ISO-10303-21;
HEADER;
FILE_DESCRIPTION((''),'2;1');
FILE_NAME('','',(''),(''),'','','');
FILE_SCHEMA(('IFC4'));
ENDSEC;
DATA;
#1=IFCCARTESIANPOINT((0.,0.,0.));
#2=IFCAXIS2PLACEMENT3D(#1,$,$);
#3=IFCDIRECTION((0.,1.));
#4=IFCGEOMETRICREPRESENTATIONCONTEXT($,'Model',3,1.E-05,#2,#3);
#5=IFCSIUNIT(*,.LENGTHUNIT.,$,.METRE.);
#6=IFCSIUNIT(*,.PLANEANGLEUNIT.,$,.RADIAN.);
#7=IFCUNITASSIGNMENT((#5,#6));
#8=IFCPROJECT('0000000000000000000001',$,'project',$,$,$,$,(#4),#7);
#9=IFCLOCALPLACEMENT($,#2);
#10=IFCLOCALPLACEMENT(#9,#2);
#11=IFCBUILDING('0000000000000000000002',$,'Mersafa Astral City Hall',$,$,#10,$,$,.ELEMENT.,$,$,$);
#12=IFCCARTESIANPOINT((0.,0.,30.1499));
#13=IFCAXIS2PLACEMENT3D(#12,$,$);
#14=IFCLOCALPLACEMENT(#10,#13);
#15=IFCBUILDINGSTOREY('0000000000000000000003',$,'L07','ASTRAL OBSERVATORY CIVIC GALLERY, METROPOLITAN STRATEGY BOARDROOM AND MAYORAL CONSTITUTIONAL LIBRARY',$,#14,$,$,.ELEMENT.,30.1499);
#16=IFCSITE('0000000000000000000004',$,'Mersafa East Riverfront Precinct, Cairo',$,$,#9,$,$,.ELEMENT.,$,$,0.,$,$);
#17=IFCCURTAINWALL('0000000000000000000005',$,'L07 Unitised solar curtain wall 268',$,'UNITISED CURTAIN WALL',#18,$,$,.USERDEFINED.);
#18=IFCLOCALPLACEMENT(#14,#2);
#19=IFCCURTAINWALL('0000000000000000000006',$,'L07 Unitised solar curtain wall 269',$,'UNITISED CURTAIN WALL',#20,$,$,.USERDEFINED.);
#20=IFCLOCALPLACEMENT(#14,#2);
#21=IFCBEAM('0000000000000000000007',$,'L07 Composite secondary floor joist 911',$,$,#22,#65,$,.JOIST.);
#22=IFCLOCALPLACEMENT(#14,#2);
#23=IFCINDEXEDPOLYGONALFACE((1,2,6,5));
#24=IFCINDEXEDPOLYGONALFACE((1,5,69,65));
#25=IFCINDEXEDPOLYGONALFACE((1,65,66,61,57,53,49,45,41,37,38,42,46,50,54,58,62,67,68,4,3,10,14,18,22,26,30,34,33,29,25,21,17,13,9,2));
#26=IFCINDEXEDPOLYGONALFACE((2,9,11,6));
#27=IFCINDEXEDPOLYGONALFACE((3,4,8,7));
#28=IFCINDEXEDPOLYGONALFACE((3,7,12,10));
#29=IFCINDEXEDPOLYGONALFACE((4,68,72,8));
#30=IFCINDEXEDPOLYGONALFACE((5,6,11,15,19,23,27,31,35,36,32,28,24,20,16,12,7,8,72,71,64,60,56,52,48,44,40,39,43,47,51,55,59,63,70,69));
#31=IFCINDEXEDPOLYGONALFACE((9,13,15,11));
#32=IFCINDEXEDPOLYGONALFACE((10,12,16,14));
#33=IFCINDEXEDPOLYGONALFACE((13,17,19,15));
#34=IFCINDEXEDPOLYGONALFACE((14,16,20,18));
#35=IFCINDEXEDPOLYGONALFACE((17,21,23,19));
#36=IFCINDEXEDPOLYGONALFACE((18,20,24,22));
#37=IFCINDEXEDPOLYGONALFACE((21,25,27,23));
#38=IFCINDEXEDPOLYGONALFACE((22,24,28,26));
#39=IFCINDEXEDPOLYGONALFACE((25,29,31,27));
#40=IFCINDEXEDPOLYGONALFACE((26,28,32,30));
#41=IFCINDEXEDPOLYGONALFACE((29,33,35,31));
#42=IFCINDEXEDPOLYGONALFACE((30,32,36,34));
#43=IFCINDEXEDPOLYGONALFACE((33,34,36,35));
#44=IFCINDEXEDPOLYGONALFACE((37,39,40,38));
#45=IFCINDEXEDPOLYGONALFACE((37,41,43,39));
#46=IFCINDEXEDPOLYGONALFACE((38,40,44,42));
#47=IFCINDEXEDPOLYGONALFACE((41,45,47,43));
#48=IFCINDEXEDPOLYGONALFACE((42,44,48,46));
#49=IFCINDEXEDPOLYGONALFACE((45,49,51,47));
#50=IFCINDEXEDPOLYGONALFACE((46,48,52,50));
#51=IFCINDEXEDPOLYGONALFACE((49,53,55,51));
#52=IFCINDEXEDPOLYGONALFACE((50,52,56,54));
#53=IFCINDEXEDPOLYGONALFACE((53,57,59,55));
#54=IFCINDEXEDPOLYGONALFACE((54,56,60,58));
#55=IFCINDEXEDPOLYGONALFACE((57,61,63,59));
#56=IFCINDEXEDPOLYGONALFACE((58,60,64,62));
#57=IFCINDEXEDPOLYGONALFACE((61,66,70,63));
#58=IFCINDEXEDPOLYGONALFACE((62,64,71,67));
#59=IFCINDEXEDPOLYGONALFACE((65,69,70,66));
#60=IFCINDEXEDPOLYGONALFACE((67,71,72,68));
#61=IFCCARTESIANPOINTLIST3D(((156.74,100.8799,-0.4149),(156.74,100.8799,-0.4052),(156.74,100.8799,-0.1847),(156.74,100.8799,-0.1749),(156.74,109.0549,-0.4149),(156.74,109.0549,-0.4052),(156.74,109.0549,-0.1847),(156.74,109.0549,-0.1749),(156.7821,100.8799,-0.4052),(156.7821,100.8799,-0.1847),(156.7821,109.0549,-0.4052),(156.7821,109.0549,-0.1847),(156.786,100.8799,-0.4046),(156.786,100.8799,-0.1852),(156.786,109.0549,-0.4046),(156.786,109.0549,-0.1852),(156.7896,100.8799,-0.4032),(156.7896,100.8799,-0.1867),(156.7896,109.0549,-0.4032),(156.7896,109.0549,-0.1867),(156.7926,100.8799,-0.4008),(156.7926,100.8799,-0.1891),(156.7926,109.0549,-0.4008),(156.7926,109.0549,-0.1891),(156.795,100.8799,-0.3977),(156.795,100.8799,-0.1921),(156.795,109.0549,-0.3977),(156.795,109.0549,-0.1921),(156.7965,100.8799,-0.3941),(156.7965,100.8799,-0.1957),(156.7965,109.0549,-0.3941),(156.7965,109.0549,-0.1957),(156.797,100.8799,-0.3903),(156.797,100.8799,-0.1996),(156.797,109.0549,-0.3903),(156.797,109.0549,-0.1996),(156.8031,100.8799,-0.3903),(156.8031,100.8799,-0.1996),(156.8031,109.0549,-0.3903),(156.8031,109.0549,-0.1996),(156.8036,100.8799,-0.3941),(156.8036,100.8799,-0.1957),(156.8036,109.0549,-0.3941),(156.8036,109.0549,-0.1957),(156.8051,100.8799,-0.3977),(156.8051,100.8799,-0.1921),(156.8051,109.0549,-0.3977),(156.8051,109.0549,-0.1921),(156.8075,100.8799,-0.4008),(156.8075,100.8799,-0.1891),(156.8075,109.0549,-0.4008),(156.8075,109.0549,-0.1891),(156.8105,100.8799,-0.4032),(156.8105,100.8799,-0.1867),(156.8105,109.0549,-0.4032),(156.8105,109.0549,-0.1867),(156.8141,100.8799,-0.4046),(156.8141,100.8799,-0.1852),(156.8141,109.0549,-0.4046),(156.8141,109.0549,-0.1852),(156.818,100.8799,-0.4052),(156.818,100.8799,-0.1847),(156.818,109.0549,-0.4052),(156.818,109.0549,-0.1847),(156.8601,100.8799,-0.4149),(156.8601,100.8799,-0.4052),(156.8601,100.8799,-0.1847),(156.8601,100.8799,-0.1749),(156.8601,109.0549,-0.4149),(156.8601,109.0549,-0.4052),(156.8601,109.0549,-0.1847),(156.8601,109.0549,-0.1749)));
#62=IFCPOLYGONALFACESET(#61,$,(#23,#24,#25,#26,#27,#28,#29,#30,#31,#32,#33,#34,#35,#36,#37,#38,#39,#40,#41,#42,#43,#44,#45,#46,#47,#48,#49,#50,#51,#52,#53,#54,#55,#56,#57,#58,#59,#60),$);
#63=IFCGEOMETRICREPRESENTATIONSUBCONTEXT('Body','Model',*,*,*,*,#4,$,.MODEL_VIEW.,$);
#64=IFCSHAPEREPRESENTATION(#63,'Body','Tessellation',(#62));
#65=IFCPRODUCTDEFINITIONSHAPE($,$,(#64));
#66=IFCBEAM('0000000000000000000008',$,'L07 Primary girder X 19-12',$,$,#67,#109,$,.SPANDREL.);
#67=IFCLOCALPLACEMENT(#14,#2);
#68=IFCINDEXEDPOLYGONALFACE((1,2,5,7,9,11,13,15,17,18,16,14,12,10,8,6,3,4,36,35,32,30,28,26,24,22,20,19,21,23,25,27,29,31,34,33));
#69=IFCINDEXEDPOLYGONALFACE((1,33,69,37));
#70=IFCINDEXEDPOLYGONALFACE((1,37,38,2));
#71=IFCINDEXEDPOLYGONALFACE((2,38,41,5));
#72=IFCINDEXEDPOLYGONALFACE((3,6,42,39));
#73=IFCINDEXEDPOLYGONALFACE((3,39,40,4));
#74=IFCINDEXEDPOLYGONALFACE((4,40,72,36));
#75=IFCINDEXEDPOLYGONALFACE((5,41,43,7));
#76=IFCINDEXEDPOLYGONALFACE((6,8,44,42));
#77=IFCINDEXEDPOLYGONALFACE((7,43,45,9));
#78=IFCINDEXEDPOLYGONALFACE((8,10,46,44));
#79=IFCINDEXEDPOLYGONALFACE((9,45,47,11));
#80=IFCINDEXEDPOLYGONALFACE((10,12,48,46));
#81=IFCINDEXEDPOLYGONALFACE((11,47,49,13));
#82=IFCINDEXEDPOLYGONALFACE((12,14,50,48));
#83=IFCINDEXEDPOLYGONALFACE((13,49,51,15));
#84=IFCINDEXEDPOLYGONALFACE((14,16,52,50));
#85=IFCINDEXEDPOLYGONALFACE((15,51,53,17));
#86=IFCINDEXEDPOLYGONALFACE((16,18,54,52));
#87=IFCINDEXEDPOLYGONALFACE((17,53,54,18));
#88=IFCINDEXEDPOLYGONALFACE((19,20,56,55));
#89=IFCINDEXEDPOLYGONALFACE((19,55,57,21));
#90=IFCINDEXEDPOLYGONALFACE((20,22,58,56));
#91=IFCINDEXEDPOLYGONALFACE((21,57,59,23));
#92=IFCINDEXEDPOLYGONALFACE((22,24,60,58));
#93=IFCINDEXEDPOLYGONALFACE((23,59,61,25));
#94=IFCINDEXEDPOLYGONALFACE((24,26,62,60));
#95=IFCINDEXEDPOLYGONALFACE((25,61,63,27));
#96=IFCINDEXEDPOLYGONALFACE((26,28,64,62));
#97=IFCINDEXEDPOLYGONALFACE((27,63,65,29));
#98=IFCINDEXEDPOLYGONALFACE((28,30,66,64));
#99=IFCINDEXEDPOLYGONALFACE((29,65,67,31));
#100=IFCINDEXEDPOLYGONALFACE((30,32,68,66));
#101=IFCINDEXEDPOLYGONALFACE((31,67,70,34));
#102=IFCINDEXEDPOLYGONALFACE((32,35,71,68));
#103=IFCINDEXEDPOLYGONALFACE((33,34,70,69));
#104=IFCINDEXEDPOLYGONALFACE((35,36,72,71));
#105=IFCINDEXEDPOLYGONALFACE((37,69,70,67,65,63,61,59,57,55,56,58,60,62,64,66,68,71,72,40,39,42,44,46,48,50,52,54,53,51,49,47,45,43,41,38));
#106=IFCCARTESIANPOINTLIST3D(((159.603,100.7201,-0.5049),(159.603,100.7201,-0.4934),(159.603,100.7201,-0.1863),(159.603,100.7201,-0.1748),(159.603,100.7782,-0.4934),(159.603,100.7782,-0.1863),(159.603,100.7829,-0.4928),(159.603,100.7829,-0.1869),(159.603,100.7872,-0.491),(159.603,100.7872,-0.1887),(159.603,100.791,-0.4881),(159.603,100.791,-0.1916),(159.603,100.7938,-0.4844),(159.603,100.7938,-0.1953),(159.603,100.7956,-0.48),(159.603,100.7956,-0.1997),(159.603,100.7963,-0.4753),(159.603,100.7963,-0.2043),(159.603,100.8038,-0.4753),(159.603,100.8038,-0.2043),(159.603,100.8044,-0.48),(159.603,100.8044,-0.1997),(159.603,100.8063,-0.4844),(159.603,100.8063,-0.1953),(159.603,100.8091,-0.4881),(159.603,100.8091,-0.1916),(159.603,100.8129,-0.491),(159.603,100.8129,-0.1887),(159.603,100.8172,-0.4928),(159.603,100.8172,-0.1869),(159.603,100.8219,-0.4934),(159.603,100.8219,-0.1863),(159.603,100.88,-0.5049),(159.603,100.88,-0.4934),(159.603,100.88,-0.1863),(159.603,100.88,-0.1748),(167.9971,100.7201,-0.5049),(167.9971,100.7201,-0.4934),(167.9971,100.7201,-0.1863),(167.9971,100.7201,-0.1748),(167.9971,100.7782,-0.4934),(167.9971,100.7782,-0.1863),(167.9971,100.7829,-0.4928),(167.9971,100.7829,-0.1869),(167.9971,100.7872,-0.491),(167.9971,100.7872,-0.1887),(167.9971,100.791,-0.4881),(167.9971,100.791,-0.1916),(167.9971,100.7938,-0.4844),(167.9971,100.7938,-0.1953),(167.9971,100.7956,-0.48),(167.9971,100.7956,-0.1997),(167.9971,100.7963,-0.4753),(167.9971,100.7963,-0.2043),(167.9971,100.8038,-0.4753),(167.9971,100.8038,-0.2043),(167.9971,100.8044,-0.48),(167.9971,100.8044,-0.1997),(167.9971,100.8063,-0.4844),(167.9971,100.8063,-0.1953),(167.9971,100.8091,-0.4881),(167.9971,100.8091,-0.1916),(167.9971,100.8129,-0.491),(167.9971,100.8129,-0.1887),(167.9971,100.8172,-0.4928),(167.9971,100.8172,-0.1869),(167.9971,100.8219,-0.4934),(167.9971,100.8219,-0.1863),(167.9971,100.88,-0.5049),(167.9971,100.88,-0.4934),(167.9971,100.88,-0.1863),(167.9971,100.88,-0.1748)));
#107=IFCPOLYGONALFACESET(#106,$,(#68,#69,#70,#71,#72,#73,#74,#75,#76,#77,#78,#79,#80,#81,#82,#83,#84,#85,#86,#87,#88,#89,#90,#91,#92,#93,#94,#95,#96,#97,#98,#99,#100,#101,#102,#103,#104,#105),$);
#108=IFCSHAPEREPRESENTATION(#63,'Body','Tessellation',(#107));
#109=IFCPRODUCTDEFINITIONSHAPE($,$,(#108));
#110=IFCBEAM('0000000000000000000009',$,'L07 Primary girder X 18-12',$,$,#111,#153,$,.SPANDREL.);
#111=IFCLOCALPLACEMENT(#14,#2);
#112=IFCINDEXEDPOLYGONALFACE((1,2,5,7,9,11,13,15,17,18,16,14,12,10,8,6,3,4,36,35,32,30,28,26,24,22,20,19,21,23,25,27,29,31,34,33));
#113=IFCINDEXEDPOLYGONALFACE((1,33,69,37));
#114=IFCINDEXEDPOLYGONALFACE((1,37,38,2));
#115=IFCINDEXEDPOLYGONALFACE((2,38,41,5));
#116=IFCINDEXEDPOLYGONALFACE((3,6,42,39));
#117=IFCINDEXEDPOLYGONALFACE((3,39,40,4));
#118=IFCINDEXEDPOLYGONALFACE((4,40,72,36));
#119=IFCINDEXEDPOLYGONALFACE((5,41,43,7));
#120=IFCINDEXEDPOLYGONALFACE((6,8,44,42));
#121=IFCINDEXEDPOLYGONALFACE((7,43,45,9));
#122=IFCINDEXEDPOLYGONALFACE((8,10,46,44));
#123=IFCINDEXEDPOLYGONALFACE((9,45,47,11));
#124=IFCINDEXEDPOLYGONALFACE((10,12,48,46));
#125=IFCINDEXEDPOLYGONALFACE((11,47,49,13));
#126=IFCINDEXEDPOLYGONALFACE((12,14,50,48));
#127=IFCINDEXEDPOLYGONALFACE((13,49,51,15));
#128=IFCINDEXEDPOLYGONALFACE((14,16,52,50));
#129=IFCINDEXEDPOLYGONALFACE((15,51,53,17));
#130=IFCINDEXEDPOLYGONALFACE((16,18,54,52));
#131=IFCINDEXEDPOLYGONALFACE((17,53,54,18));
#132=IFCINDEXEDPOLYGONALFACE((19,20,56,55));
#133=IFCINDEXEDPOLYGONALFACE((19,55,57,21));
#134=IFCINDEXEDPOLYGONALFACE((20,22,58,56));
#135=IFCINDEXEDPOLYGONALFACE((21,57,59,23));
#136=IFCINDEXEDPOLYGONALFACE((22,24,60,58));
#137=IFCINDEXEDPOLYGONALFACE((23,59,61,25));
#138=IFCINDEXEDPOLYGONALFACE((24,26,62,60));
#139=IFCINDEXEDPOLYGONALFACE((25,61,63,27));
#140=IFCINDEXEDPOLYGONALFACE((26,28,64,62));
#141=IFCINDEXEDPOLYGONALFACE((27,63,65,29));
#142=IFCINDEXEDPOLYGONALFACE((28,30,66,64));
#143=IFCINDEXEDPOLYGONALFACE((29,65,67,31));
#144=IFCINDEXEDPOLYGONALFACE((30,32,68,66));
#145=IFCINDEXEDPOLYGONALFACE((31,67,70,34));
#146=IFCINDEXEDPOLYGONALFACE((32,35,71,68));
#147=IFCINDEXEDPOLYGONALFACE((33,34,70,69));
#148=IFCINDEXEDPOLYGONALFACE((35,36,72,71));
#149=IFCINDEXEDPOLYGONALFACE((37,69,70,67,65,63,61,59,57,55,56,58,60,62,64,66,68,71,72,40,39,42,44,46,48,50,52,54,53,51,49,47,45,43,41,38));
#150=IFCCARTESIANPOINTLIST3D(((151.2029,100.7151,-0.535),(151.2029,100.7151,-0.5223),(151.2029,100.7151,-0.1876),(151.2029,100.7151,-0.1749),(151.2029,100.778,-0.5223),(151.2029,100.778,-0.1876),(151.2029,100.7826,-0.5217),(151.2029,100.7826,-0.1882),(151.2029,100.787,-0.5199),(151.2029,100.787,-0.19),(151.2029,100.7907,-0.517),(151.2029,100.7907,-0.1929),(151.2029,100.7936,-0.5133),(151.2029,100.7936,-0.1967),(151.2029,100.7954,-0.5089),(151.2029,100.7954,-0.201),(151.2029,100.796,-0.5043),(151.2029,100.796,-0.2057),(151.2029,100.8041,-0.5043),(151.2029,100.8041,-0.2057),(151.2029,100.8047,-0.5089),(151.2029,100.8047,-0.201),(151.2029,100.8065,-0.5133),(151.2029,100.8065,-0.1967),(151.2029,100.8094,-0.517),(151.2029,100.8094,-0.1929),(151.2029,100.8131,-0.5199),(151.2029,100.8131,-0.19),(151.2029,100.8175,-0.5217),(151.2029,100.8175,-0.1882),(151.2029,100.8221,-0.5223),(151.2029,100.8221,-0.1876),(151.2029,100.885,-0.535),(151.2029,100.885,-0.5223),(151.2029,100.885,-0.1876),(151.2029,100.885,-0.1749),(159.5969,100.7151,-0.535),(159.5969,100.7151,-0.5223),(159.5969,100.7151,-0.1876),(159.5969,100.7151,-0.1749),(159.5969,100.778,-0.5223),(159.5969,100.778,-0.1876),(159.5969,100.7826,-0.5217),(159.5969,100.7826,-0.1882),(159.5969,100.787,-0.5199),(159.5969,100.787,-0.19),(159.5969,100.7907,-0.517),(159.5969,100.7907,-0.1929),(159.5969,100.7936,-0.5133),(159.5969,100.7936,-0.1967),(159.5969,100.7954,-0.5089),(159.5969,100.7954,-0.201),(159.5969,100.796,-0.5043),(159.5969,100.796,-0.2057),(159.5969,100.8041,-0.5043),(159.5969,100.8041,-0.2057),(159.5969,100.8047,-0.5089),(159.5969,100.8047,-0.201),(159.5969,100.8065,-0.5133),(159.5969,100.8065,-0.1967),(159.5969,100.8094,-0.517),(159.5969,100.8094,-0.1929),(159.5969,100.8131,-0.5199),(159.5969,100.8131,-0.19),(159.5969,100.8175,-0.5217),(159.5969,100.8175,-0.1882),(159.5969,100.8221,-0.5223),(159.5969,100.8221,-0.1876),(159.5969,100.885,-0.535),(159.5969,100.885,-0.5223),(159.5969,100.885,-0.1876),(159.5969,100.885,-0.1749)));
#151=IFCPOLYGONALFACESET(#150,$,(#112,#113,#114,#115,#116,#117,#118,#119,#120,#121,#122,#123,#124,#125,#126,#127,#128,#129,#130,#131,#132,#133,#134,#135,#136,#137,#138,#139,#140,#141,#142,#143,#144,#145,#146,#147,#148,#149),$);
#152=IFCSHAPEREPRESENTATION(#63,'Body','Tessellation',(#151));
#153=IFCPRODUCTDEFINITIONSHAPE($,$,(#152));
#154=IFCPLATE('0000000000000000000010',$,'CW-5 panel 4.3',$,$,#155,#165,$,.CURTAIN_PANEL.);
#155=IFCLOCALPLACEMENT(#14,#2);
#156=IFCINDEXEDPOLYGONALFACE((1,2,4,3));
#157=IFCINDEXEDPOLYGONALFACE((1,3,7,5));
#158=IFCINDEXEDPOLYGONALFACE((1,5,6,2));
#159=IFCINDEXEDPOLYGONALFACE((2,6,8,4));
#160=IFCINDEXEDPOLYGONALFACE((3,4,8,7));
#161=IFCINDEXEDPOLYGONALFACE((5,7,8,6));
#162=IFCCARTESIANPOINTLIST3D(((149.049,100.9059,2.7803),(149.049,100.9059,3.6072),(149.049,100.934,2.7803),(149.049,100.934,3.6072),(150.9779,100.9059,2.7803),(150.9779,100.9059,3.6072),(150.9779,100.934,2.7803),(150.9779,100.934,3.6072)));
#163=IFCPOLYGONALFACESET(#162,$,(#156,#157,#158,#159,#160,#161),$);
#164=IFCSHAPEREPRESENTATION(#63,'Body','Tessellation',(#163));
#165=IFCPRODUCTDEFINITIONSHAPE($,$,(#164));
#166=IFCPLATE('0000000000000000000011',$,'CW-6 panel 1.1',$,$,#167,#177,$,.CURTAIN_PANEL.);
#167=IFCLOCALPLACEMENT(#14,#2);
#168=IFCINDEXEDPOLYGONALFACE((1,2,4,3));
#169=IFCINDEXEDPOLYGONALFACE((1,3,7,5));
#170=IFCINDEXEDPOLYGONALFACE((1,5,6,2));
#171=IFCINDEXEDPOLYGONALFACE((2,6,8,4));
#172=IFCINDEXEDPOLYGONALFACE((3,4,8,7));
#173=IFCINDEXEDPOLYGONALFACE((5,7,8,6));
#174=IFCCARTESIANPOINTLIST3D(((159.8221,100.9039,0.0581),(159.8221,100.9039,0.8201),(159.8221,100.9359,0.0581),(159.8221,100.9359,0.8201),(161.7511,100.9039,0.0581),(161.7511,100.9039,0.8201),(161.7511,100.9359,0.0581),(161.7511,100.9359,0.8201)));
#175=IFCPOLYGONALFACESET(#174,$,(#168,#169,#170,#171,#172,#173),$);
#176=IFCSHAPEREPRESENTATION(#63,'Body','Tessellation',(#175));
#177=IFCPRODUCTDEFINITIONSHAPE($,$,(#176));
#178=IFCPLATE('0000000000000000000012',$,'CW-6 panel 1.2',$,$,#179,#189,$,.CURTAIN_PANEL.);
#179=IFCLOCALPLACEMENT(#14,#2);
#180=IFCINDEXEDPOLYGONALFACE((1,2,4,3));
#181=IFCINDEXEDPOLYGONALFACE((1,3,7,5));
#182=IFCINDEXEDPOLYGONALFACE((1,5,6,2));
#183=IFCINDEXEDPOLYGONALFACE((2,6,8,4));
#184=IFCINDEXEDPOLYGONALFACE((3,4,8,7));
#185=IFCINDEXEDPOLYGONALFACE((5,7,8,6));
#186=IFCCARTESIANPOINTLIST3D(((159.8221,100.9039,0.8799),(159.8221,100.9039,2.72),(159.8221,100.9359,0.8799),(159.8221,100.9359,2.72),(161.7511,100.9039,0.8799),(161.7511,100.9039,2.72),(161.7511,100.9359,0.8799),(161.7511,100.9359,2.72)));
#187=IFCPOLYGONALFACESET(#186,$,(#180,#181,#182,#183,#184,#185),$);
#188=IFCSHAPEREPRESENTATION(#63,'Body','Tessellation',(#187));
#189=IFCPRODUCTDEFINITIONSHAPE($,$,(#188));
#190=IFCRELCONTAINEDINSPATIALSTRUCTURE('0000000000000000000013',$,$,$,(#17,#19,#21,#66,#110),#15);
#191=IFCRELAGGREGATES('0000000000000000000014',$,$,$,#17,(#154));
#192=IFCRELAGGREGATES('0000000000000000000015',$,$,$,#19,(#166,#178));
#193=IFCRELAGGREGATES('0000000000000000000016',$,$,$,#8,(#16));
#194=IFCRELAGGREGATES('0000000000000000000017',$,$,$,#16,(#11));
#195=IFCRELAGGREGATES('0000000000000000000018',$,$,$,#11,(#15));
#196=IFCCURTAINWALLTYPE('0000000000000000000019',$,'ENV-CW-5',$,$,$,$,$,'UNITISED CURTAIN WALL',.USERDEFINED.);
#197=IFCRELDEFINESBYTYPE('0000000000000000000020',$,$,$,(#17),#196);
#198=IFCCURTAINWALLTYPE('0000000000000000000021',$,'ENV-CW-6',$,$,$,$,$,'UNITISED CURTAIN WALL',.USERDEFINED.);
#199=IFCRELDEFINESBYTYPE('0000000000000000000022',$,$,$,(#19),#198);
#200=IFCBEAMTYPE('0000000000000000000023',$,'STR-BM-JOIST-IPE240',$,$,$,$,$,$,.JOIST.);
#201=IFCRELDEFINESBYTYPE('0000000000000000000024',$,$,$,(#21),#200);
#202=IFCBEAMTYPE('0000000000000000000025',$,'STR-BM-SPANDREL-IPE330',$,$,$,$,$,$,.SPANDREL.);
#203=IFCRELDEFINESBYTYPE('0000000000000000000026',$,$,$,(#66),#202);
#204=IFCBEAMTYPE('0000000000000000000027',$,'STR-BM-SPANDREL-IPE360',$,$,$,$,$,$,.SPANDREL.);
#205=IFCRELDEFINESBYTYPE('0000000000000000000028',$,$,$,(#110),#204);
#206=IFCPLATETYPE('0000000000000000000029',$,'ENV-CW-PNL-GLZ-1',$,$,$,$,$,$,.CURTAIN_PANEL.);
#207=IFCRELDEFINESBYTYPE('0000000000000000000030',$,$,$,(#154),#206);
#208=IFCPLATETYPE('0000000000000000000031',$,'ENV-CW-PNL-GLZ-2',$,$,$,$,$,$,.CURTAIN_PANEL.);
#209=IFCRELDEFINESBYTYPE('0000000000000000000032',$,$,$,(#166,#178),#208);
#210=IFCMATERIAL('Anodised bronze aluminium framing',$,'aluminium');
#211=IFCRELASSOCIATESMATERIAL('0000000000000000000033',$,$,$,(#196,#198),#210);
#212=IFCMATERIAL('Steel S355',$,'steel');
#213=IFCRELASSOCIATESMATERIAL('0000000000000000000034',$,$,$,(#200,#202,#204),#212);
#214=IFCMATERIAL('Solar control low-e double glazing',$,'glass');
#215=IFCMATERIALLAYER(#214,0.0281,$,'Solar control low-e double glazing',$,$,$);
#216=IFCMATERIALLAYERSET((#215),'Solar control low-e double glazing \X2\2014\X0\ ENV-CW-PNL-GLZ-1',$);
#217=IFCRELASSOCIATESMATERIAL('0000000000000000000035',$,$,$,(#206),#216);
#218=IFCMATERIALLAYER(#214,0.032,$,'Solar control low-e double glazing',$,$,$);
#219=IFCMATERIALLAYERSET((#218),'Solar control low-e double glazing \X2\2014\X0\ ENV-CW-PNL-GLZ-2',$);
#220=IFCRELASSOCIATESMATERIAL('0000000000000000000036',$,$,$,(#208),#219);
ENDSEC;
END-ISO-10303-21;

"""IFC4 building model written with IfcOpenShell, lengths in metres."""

from ifc_helpers import new_model, si_unit, direction, frame, origin, origin_2d, place, context, subcontext, project, spatial, rectangle, i_section, extrude, material, layer, layer_set, material_profile, profile_set, type_object, element, aggregate, save


model = new_model("IFC4")

# Units and contexts
model_context = context("Model", 3, precision=1e-05, world=origin(), true_north=direction((0.0, 1.0)))
body_context = subcontext(model_context, "Body", "Model", "MODEL_VIEW")
ifc_project = project(units=[si_unit("LENGTHUNIT", "METRE"), si_unit("PLANEANGLEUNIT", "RADIAN")], contexts=[model_context])

# Site, building, storey
site_placement = place(None, origin())
site = spatial("IfcSite", under=ifc_project, at=site_placement, Name="Mersafa East Riverfront Precinct, Cairo", CompositionType="ELEMENT", RefElevation=0.0)
building_placement = place(site_placement, origin())
building = spatial("IfcBuilding", under=site, at=building_placement, Name="Mersafa Astral City Hall", CompositionType="ELEMENT")
storey_placement = place(building_placement, frame((0.0, 0.0, 30.1499)))
storey = spatial("IfcBuildingStorey", under=building, at=storey_placement, Name="L07", Description="ASTRAL OBSERVATORY CIVIC GALLERY, METROPOLITAN STRATEGY BOARDROOM AND MAYORAL CONSTITUTIONAL LIBRARY", CompositionType="ELEMENT", Elevation=30.1499)

# Shared definitions
ifc_material_1 = material(Name="Steel S355", Category="steel")

# Curtain wall
ifc_material_2 = material(Name="Anodised bronze aluminium framing", Category="aluminium")
curtain_wall_type_1 = type_object("IfcCurtainWallType", Name="ENV-CW-5", ElementType="UNITISED CURTAIN WALL", PredefinedType="USERDEFINED", material=ifc_material_2)
curtain_wall_1_placement = place(storey_placement, origin())
curtain_wall_1 = element("IfcCurtainWall", 1, at=curtain_wall_1_placement, inside=storey, type_object=curtain_wall_type_1, Name="L07 Unitised solar curtain wall 268", ObjectType="UNITISED CURTAIN WALL", PredefinedType="USERDEFINED")

# Curtain wall
curtain_wall_type_2 = type_object("IfcCurtainWallType", Name="ENV-CW-6", ElementType="UNITISED CURTAIN WALL", PredefinedType="USERDEFINED", material=ifc_material_2)
curtain_wall_2_placement = place(storey_placement, origin())
curtain_wall_2 = element("IfcCurtainWall", 2, at=curtain_wall_2_placement, inside=storey, type_object=curtain_wall_type_2, Name="L07 Unitised solar curtain wall 269", ObjectType="UNITISED CURTAIN WALL", PredefinedType="USERDEFINED")

# Beams
ifc_material_profile_1 = material_profile(ifc_material_1, i_section(OverallWidth=0.1201, OverallDepth=0.24, WebThickness=0.0061, FlangeThickness=0.0098, FilletRadius=0.0149, at=origin_2d()), Name="IPE 240")
ifc_profile_set_1 = profile_set([ifc_material_profile_1], Name="Steel S355")
beam_type_1 = type_object("IfcBeamType", Name="STR-BM-JOIST-IPE240", PredefinedType="JOIST", material=ifc_profile_set_1)
for number, where, z_axis, x_axis, name in (
    (3, (156.8, 100.8799, -0.2949), (0.0, 1.0, 0.0), (-1.0, 0.0, 0.0), "L07 Composite secondary floor joist 911"),
):
    element("IfcBeam", number, at=place(storey_placement, frame(where, z_axis=z_axis, x_axis=x_axis)), inside=storey, type_object=beam_type_1, Name=name, PredefinedType="JOIST", context=body_context, shape_type="SweptSolid", body=[
        extrude(i_section(OverallWidth=0.1201, OverallDepth=0.24, WebThickness=0.0061, FlangeThickness=0.0098, FilletRadius=0.0149, at=origin_2d()), origin(), (0.0, 0.0, 1.0), 8.175),
    ])
ifc_material_profile_2 = material_profile(ifc_material_1, i_section(OverallWidth=0.1599, OverallDepth=0.3301, WebThickness=0.0076, FlangeThickness=0.0115, FilletRadius=0.0181, at=origin_2d()), Name="IPE 330")
ifc_profile_set_2 = profile_set([ifc_material_profile_2], Name="Steel S355")
beam_type_2 = type_object("IfcBeamType", Name="STR-BM-SPANDREL-IPE330", PredefinedType="SPANDREL", material=ifc_profile_set_2)
beam_1_placement = place(storey_placement, frame((159.603, 100.8, -0.3398), z_axis=(1.0, 0.0, 0.0), x_axis=(0.0, 1.0, 0.0)))
element("IfcBeam", 4, at=beam_1_placement, inside=storey, type_object=beam_type_2, Name="L07 Primary girder X 19-12", PredefinedType="SPANDREL", context=body_context, shape_type="SweptSolid", body=[
    extrude(i_section(OverallWidth=0.1599, OverallDepth=0.3301, WebThickness=0.0076, FlangeThickness=0.0115, FilletRadius=0.0181, at=origin_2d()), origin(), (0.0, 0.0, 1.0), 8.394),
])
ifc_material_profile_3 = material_profile(ifc_material_1, i_section(OverallWidth=0.1699, OverallDepth=0.3601, WebThickness=0.0081, FlangeThickness=0.0127, FilletRadius=0.0181, at=origin_2d()), Name="IPE 360")
ifc_profile_set_3 = profile_set([ifc_material_profile_3], Name="Steel S355")
beam_type_3 = type_object("IfcBeamType", Name="STR-BM-SPANDREL-IPE360", PredefinedType="SPANDREL", material=ifc_profile_set_3)
beam_2_placement = place(storey_placement, frame((151.2029, 100.8, -0.355), z_axis=(1.0, 0.0, 0.0), x_axis=(0.0, 1.0, 0.0)))
element("IfcBeam", 5, at=beam_2_placement, inside=storey, type_object=beam_type_3, Name="L07 Primary girder X 18-12", PredefinedType="SPANDREL", context=body_context, shape_type="SweptSolid", body=[
    extrude(i_section(OverallWidth=0.1699, OverallDepth=0.3601, WebThickness=0.0081, FlangeThickness=0.0127, FilletRadius=0.0181, at=origin_2d()), origin(), (0.0, 0.0, 1.0), 8.394),
])

# Plates
ifc_material_3 = material(Name="Solar control low-e double glazing", Category="glass")
ifc_layer_1 = layer(ifc_material_3, 0.0281, Name="Solar control low-e double glazing")
ifc_layer_set_1 = layer_set([ifc_layer_1], Name="Solar control low-e double glazing — ENV-CW-PNL-GLZ-1")
plate_type_1 = type_object("IfcPlateType", Name="ENV-CW-PNL-GLZ-1", PredefinedType="CURTAIN_PANEL", material=ifc_layer_set_1)
plate_1_placement = place(storey_placement, frame((150.0134, 100.9199, 2.7803), z_axis=(0.0, 0.0, 1.0), x_axis=(1.0, 0.0, 0.0)))
plate_1 = element("IfcPlate", 6, at=plate_1_placement, type_object=plate_type_1, Name="CW-5 panel 4.3", PredefinedType="CURTAIN_PANEL", context=body_context, shape_type="SweptSolid", body=[
    extrude(rectangle(XDim=1.929, YDim=0.0281, at=origin_2d()), origin(), (0.0, 0.0, 1.0), 0.8269),
])
aggregate(curtain_wall_1, [plate_1])
ifc_layer_2 = layer(ifc_material_3, 0.032, Name="Solar control low-e double glazing")
ifc_layer_set_2 = layer_set([ifc_layer_2], Name="Solar control low-e double glazing — ENV-CW-PNL-GLZ-2")
plate_type_2 = type_object("IfcPlateType", Name="ENV-CW-PNL-GLZ-2", PredefinedType="CURTAIN_PANEL", material=ifc_layer_set_2)
plate_2_placement = place(storey_placement, frame((160.7866, 100.9199, 0.0581), z_axis=(0.0, 0.0, 1.0), x_axis=(1.0, 0.0, 0.0)))
plate_2 = element("IfcPlate", 7, at=plate_2_placement, type_object=plate_type_2, Name="CW-6 panel 1.1", PredefinedType="CURTAIN_PANEL", context=body_context, shape_type="SweptSolid", body=[
    extrude(rectangle(XDim=1.929, YDim=0.032, at=origin_2d()), origin(), (0.0, 0.0, 1.0), 0.762),
])
plate_3_placement = place(storey_placement, frame((160.7866, 100.9199, 0.8799), z_axis=(0.0, 0.0, 1.0), x_axis=(1.0, 0.0, 0.0)))
plate_3 = element("IfcPlate", 8, at=plate_3_placement, type_object=plate_type_2, Name="CW-6 panel 1.2", PredefinedType="CURTAIN_PANEL", context=body_context, shape_type="SweptSolid", body=[
    extrude(rectangle(XDim=1.929, YDim=0.032, at=origin_2d()), origin(), (0.0, 0.0, 1.0), 1.8401),
])
aggregate(curtain_wall_2, [plate_2, plate_3])

save(model, "model.ifc")
